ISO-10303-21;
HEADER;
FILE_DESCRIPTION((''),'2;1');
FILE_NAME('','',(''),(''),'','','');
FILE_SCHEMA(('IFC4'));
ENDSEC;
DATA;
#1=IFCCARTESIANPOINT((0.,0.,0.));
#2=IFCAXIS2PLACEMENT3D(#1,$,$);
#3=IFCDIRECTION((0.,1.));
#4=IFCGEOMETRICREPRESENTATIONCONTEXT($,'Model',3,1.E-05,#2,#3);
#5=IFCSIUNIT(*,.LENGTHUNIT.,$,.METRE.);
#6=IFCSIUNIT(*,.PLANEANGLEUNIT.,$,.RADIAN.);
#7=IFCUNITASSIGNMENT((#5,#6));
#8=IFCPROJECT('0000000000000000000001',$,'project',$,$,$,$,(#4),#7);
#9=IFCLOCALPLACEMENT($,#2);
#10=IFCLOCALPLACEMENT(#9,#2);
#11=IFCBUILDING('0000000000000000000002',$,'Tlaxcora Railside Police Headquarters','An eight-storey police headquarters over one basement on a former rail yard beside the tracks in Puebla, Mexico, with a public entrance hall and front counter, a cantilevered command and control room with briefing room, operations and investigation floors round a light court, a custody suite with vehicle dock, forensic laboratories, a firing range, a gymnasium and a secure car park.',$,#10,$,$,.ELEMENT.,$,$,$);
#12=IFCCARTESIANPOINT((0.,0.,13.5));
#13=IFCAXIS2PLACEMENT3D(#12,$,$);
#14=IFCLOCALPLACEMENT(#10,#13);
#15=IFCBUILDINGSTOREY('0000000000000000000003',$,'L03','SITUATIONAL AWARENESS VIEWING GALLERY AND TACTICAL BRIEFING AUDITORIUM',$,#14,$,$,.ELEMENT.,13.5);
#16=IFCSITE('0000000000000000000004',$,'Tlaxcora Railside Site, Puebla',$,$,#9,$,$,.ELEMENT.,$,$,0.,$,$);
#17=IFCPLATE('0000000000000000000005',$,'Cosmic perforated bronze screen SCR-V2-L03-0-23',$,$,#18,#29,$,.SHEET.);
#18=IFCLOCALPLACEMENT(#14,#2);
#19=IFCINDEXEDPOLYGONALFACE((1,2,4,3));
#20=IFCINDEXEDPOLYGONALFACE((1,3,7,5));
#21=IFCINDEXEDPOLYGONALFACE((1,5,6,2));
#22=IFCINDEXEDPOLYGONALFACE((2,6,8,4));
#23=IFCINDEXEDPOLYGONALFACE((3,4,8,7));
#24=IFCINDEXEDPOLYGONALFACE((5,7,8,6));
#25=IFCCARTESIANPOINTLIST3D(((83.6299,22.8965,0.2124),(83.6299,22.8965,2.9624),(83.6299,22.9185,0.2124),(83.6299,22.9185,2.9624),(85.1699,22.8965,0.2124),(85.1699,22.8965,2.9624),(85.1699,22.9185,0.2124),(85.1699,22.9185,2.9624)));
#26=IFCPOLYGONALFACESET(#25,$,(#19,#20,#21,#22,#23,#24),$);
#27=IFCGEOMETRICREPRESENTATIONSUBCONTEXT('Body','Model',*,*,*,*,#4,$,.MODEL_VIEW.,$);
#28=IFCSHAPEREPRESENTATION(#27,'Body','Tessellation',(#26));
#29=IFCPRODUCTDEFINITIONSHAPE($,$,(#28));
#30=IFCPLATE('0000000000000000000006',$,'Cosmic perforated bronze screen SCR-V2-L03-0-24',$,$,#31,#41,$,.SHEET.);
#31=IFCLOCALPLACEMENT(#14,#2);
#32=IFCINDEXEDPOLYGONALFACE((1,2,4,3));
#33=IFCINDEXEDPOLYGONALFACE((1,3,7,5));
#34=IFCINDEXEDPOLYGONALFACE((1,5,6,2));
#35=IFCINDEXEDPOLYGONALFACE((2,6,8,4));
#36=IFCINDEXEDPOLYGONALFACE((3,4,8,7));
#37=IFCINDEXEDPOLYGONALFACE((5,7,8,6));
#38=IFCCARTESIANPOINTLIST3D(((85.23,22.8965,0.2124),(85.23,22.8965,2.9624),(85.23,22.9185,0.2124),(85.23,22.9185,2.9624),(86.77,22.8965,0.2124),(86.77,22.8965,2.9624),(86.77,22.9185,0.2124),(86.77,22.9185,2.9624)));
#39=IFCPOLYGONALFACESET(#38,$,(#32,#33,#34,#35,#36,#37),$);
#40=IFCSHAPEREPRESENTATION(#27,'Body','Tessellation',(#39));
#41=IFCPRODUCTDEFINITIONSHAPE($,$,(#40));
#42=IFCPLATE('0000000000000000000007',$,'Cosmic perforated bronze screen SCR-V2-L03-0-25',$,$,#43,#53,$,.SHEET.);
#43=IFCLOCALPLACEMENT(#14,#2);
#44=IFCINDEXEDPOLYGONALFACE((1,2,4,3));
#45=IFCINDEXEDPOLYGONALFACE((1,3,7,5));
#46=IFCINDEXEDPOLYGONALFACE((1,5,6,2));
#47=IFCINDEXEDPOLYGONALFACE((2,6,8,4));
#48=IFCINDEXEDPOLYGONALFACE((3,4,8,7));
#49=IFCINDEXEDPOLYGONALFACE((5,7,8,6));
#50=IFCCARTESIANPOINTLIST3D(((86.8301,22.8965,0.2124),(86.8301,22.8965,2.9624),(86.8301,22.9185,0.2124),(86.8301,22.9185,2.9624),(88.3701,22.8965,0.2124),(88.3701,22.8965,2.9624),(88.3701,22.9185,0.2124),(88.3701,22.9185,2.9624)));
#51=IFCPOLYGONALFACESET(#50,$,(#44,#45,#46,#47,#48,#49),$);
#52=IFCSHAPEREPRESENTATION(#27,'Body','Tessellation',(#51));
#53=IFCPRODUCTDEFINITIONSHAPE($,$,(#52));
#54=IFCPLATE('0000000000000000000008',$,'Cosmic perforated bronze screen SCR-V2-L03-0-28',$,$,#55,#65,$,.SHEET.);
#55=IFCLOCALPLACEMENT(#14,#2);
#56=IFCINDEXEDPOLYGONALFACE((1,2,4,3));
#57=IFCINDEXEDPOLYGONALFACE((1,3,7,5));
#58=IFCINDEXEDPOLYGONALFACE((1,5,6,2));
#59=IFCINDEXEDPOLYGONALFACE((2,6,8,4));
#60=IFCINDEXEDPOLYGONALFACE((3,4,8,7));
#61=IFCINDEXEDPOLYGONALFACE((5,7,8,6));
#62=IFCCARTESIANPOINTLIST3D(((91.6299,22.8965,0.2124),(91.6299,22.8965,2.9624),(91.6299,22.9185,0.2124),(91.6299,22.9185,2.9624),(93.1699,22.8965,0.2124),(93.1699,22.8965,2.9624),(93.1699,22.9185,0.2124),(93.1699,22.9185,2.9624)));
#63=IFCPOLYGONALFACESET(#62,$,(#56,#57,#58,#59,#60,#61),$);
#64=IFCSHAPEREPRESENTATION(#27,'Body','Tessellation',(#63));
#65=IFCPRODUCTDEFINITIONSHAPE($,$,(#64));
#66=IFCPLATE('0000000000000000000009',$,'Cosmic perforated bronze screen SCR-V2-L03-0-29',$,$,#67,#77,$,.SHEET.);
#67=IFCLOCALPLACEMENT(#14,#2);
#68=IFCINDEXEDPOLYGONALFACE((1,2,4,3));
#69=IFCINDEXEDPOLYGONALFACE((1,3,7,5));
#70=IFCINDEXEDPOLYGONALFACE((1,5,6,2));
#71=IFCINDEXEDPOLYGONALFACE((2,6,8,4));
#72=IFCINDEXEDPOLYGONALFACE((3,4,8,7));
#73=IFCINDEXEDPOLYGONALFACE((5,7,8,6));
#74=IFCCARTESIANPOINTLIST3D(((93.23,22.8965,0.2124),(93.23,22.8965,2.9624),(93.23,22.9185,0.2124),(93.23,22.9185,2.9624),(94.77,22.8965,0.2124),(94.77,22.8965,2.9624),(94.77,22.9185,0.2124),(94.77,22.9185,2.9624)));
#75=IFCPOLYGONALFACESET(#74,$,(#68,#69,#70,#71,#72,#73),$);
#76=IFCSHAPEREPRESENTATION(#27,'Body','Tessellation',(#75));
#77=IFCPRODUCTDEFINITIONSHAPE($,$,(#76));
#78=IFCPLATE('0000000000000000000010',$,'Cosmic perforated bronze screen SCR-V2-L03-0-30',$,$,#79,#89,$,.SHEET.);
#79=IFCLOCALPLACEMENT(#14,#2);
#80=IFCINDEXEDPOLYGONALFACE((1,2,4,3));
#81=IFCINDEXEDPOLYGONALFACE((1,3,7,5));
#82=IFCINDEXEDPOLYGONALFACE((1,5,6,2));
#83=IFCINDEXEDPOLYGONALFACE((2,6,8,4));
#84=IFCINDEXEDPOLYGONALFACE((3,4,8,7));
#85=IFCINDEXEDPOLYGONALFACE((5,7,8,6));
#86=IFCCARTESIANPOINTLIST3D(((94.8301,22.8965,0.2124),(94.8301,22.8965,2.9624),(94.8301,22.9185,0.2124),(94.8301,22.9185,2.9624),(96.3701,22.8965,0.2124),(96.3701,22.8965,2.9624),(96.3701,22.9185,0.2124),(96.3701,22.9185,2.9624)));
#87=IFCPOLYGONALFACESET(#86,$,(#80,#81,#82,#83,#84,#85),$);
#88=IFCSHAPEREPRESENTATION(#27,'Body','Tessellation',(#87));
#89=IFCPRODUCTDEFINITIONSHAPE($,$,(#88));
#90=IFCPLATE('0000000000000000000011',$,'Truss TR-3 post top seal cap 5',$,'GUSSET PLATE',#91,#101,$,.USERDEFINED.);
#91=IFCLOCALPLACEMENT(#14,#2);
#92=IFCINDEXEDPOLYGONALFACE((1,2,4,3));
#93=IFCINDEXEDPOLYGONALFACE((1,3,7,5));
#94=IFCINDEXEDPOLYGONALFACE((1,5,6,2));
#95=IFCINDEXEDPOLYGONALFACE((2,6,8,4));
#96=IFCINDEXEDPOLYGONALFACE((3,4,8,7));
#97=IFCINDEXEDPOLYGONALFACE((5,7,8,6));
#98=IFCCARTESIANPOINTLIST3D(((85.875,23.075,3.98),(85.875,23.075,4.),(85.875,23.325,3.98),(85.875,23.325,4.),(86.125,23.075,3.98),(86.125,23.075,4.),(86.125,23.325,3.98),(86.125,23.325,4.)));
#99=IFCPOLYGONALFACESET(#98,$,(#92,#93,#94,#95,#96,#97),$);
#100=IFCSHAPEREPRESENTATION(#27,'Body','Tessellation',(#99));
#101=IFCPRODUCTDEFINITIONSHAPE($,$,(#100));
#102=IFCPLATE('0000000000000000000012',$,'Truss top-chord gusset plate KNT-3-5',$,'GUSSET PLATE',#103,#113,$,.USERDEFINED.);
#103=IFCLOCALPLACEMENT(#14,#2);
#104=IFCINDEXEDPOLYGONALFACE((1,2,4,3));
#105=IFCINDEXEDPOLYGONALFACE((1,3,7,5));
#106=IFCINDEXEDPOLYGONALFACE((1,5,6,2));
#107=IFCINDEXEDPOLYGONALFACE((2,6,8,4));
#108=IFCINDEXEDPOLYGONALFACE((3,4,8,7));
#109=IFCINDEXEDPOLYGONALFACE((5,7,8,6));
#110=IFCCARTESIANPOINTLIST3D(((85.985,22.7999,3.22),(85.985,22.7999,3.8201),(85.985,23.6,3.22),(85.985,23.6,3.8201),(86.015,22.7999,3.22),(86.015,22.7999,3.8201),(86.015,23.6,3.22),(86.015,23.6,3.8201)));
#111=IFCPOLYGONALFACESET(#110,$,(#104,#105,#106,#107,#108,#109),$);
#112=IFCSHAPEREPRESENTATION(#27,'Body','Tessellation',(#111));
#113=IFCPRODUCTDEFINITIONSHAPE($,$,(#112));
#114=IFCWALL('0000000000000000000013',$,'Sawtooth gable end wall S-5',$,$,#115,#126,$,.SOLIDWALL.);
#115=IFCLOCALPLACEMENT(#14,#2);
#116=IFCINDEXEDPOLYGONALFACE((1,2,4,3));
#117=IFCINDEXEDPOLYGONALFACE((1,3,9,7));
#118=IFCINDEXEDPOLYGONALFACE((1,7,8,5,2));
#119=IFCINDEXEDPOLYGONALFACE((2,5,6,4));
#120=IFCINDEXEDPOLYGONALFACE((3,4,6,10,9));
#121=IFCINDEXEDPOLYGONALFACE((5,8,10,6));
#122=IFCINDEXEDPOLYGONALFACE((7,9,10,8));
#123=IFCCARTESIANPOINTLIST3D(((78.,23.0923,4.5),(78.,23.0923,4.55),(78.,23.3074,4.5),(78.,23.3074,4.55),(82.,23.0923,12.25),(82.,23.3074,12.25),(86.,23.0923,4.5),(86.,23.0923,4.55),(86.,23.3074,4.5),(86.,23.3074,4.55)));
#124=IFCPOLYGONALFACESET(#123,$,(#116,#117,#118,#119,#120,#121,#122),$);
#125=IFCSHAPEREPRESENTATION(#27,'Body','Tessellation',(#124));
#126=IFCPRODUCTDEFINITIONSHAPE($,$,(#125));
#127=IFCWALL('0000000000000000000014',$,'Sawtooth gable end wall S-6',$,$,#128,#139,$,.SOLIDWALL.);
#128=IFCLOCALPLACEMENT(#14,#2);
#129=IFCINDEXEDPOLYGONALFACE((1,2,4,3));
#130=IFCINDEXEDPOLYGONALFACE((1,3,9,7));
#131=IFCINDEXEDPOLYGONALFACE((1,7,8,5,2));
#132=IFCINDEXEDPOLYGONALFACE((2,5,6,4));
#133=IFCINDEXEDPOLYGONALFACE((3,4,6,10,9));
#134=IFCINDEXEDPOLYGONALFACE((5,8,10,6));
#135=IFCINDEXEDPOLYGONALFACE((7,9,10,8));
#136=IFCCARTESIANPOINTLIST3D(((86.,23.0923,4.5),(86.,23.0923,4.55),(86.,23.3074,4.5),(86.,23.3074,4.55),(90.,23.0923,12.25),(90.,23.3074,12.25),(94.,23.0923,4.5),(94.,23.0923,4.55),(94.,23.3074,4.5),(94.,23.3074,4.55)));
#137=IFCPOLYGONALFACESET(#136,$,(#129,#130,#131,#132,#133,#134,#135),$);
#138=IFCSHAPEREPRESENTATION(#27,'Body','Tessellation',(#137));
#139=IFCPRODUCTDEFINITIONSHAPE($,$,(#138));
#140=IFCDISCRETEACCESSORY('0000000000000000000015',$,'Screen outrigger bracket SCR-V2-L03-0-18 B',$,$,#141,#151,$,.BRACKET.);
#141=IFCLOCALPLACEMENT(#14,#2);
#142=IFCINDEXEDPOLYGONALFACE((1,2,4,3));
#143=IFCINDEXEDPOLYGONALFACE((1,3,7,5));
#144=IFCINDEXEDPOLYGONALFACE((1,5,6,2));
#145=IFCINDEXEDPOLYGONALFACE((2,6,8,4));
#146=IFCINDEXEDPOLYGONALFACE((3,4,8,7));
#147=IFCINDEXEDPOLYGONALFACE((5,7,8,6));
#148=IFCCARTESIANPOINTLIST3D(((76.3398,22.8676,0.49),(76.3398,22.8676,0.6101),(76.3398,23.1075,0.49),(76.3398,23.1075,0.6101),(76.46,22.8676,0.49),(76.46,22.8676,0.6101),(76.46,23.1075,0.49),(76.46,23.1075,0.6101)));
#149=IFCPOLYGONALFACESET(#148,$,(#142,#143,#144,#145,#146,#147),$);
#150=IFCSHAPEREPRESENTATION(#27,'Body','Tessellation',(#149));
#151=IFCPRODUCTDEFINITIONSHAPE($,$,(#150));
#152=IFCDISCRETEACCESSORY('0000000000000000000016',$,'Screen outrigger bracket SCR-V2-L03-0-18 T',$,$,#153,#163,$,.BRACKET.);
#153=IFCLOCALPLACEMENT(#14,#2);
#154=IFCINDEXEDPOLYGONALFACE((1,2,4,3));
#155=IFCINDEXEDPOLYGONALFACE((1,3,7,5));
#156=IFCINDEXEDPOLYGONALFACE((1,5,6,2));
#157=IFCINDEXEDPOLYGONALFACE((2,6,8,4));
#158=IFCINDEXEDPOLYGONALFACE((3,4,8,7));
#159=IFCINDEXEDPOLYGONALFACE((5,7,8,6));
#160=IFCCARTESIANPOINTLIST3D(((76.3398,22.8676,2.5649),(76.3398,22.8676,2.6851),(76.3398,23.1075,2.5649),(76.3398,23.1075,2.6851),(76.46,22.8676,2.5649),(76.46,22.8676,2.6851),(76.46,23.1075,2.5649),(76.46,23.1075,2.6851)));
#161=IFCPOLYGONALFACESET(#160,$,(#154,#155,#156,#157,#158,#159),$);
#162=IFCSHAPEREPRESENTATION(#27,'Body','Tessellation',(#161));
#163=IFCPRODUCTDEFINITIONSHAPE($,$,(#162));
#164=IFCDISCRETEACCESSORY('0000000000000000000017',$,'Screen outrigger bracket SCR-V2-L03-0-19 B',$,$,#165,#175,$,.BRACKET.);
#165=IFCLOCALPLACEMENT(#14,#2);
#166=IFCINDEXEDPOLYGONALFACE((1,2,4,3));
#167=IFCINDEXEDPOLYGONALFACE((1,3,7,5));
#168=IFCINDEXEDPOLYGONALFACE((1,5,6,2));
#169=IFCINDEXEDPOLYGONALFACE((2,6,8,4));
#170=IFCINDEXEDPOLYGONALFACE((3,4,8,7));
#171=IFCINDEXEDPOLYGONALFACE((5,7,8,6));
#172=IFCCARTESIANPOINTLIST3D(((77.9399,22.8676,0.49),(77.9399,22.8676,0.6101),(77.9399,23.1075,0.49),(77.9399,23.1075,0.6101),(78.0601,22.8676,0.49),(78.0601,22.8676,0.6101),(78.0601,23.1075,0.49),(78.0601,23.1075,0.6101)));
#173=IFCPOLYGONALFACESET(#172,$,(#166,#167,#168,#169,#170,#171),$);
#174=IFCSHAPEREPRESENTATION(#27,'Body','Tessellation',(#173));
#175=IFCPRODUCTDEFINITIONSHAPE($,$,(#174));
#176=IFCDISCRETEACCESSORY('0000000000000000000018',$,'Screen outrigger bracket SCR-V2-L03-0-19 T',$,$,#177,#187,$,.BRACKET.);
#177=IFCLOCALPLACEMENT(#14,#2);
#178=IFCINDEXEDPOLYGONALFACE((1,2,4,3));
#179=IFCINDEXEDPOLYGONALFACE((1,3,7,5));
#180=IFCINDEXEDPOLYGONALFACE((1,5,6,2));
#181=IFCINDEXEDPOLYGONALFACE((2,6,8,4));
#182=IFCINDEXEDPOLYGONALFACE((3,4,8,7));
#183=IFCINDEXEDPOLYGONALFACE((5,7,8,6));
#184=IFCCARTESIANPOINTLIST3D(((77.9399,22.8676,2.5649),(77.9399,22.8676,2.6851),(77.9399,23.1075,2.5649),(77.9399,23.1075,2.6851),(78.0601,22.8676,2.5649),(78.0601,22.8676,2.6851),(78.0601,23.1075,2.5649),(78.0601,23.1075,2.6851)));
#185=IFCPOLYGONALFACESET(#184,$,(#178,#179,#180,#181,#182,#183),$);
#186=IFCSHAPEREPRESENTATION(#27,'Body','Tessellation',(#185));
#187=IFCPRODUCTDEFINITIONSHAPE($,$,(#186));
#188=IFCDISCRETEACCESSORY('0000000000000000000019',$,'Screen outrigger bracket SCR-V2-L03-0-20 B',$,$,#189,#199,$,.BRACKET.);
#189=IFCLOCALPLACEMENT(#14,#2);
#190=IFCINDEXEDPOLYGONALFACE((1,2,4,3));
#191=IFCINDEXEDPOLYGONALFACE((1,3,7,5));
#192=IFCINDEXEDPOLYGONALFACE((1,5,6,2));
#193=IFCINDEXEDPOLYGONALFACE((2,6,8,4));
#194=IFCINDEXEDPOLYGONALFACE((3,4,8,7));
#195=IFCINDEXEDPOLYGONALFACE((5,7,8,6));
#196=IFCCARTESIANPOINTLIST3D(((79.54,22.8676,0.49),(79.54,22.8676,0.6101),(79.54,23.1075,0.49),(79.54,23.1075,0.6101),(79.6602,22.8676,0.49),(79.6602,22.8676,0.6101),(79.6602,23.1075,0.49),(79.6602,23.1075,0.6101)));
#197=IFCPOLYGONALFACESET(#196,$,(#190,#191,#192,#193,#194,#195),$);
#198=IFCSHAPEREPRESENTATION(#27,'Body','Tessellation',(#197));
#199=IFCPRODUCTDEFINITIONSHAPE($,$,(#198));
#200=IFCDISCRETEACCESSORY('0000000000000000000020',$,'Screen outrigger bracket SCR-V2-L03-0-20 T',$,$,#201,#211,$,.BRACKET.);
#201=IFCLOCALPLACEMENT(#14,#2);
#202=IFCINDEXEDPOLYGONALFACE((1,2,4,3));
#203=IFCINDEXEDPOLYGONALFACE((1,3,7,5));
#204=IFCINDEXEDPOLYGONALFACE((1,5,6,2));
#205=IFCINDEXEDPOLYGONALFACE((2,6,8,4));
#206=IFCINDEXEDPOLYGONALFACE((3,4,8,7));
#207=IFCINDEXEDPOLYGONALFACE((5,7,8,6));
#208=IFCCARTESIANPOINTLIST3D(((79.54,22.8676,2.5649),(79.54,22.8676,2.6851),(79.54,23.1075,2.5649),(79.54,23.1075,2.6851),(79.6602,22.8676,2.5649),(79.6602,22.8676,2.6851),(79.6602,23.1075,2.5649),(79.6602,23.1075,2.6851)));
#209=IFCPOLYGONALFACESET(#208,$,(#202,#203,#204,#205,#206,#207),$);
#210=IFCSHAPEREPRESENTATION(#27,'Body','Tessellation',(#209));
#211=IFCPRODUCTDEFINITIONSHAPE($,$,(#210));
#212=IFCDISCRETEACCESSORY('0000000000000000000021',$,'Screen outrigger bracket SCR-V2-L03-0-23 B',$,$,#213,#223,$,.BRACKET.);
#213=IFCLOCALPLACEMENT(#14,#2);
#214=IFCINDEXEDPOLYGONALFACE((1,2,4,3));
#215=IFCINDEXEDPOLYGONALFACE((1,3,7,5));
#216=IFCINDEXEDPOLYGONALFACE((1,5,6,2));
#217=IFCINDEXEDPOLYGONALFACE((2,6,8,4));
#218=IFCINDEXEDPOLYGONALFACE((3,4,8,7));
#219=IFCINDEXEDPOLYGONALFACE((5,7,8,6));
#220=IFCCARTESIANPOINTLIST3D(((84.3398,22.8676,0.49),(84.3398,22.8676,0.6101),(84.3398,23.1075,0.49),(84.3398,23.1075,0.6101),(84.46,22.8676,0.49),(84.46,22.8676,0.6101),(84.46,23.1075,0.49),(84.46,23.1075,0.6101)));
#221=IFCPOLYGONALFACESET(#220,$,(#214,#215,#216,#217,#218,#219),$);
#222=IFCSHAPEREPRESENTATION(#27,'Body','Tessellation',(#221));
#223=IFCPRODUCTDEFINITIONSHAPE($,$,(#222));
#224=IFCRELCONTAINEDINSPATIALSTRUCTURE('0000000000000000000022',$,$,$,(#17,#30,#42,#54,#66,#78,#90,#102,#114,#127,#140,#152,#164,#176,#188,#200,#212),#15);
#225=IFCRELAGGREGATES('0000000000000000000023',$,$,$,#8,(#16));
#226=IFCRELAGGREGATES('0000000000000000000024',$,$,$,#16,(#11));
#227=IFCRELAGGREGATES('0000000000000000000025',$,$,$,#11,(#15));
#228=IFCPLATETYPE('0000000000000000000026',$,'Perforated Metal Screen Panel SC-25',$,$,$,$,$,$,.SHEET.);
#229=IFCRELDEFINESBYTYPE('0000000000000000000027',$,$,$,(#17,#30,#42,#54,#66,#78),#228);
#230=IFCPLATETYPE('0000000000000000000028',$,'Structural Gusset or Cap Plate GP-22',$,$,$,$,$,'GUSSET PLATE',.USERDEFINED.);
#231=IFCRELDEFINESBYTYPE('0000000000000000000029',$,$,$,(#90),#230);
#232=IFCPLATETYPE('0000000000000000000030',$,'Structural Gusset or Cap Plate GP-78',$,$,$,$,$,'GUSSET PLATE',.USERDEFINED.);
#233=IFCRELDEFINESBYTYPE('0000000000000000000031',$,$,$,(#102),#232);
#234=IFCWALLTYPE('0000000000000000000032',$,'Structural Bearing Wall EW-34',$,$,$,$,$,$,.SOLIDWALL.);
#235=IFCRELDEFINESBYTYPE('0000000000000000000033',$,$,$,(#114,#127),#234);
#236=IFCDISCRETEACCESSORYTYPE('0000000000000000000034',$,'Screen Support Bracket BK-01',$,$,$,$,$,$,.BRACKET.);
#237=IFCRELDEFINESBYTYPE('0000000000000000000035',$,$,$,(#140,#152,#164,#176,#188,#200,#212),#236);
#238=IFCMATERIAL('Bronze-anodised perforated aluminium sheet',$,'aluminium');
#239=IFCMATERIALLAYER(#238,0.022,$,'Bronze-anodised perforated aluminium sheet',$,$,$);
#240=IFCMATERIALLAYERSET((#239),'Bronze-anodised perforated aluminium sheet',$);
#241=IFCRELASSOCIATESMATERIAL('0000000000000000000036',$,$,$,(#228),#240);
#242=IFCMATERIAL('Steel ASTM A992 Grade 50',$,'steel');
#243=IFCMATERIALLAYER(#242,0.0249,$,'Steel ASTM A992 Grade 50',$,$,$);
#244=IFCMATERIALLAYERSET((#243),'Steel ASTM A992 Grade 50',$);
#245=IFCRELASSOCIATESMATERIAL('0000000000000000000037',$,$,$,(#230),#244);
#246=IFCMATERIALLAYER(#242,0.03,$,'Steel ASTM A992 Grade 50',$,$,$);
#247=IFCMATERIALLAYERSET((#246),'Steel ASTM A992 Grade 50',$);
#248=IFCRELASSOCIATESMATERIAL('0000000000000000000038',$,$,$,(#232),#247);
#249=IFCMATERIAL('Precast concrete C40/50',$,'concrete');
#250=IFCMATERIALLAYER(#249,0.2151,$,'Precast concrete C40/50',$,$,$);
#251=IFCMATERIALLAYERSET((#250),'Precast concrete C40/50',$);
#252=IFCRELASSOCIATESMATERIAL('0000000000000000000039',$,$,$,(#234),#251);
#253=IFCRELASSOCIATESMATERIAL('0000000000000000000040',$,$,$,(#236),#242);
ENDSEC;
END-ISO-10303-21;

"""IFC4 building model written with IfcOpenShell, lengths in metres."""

from ifc_helpers import new_model, si_unit, direction, frame, origin, origin_2d, place, context, subcontext, project, spatial, polyline, rectangle, outline, extrude, material, layer, layer_set, type_object, element, save


model = new_model("IFC4")

# Units and contexts
model_context = context("Model", 3, precision=1e-05, world=origin(), true_north=direction((0.0, 1.0)))
body_context = subcontext(model_context, "Body", "Model", "MODEL_VIEW")
ifc_project = project(units=[si_unit("LENGTHUNIT", "METRE"), si_unit("PLANEANGLEUNIT", "RADIAN")], contexts=[model_context])

# Site, building, storey
site_placement = place(None, origin())
site = spatial("IfcSite", under=ifc_project, at=site_placement, Name="Tlaxcora Railside Site, Puebla", CompositionType="ELEMENT", RefElevation=0.0)
building_placement = place(site_placement, origin())
building = spatial("IfcBuilding", under=site, at=building_placement, Name="Tlaxcora Railside Police Headquarters", Description="An eight-storey police headquarters over one basement on a former rail yard beside the tracks in Puebla, Mexico, with a public entrance hall and front counter, a cantilevered command and control room with briefing room, operations and investigation floors round a light court, a custody suite with vehicle dock, forensic laboratories, a firing range, a gymnasium and a secure car park.", CompositionType="ELEMENT")
storey_placement = place(building_placement, frame((0.0, 0.0, 13.5)))
storey = spatial("IfcBuildingStorey", under=building, at=storey_placement, Name="L03", Description="SITUATIONAL AWARENESS VIEWING GALLERY AND TACTICAL BRIEFING AUDITORIUM", CompositionType="ELEMENT", Elevation=13.5)

# Shared definitions
ifc_material_1 = material(Name="Steel ASTM A992 Grade 50", Category="steel")

# Plates
ifc_material_2 = material(Name="Bronze-anodised perforated aluminium sheet", Category="aluminium")
ifc_layer_1 = layer(ifc_material_2, 0.022, Name="Bronze-anodised perforated aluminium sheet")
ifc_layer_set_1 = layer_set([ifc_layer_1], Name="Bronze-anodised perforated aluminium sheet")
plate_type_1 = type_object("IfcPlateType", Name="Perforated Metal Screen Panel SC-25", PredefinedType="SHEET", material=ifc_layer_set_1)
for number, where, z_axis, x_axis, name in (
    (1, (84.3999, 22.9075, 0.2124), (0.0, 0.0, 1.0), (1.0, 0.0, 0.0), "Cosmic perforated bronze screen SCR-V2-L03-0-23"),
    (2, (86.0, 22.9075, 0.2124), (0.0, 0.0, 1.0), (1.0, 0.0, 0.0), "Cosmic perforated bronze screen SCR-V2-L03-0-24"),
    (3, (87.6001, 22.9075, 0.2124), (0.0, 0.0, 1.0), (1.0, 0.0, 0.0), "Cosmic perforated bronze screen SCR-V2-L03-0-25"),
    (4, (92.3999, 22.9075, 0.2124), (0.0, 0.0, 1.0), (1.0, 0.0, 0.0), "Cosmic perforated bronze screen SCR-V2-L03-0-28"),
    (5, (94.0, 22.9075, 0.2124), (0.0, 0.0, 1.0), (1.0, 0.0, 0.0), "Cosmic perforated bronze screen SCR-V2-L03-0-29"),
    (6, (95.6001, 22.9075, 0.2124), (0.0, 0.0, 1.0), (1.0, 0.0, 0.0), "Cosmic perforated bronze screen SCR-V2-L03-0-30"),
):
    element("IfcPlate", number, at=place(storey_placement, frame(where, z_axis=z_axis, x_axis=x_axis)), inside=storey, type_object=plate_type_1, Name=name, PredefinedType="SHEET", context=body_context, shape_type="SweptSolid", body=[
        extrude(rectangle(XDim=1.54, YDim=0.022, at=origin_2d()), origin(), (0.0, 0.0, 1.0), 2.75),
    ])
ifc_layer_2 = layer(ifc_material_1, 0.0249, Name="Steel ASTM A992 Grade 50")
ifc_layer_set_2 = layer_set([ifc_layer_2], Name="Steel ASTM A992 Grade 50")
plate_type_2 = type_object("IfcPlateType", Name="Structural Gusset or Cap Plate GP-22", ElementType="GUSSET PLATE", PredefinedType="USERDEFINED", material=ifc_layer_set_2)
plate_1_placement = place(storey_placement, frame((86.0, 23.2, 3.98), z_axis=(0.0, 0.0, 1.0), x_axis=(1.0, 0.0, 0.0)))
element("IfcPlate", 7, at=plate_1_placement, inside=storey, type_object=plate_type_2, Name="Truss TR-3 post top seal cap 5", ObjectType="GUSSET PLATE", PredefinedType="USERDEFINED", context=body_context, shape_type="SweptSolid", body=[
    extrude(rectangle(XDim=0.25, YDim=0.25, at=origin_2d()), origin(), (0.0, 0.0, 1.0), 0.02),
])
ifc_layer_3 = layer(ifc_material_1, 0.03, Name="Steel ASTM A992 Grade 50")
ifc_layer_set_3 = layer_set([ifc_layer_3], Name="Steel ASTM A992 Grade 50")
plate_type_3 = type_object("IfcPlateType", Name="Structural Gusset or Cap Plate GP-78", ElementType="GUSSET PLATE", PredefinedType="USERDEFINED", material=ifc_layer_set_3)
plate_2_placement = place(storey_placement, frame((86.0, 23.2, 3.22), z_axis=(0.0, 0.0, 1.0), x_axis=(0.0, 1.0, 0.0)))
element("IfcPlate", 8, at=plate_2_placement, inside=storey, type_object=plate_type_3, Name="Truss top-chord gusset plate KNT-3-5", ObjectType="GUSSET PLATE", PredefinedType="USERDEFINED", context=body_context, shape_type="SweptSolid", body=[
    extrude(rectangle(XDim=0.8, YDim=0.03, at=origin_2d()), origin(), (0.0, 0.0, 1.0), 0.6001),
])

# Walls
ifc_material_3 = material(Name="Precast concrete C40/50", Category="concrete")
ifc_layer_4 = layer(ifc_material_3, 0.2151, Name="Precast concrete C40/50")
ifc_layer_set_4 = layer_set([ifc_layer_4], Name="Precast concrete C40/50")
wall_type = type_object("IfcWallType", Name="Structural Bearing Wall EW-34", PredefinedType="SOLIDWALL", material=ifc_layer_set_4)
for number, where, z_axis, x_axis, name in (
    (9, (78.0, 23.2, 4.5), (0.0, 0.0, 1.0), (1.0, 0.0, 0.0), "Sawtooth gable end wall S-5"),
    (10, (86.0, 23.2, 4.5), (0.0, 0.0, 1.0), (1.0, 0.0, 0.0), "Sawtooth gable end wall S-6"),
):
    element("IfcWall", number, at=place(storey_placement, frame(where, z_axis=z_axis, x_axis=x_axis)), inside=storey, type_object=wall_type, Name=name, PredefinedType="SOLIDWALL", context=body_context, shape_type="SweptSolid", body=[
        extrude(outline(polyline([(0.0, 0.0), (8.0, 0.0), (8.0, 0.05), (4.0, 7.75), (0.0, 0.05), (0.0, 0.0)])), frame((0.0, 0.1074, 0.0), z_axis=(0.0, -1.0, 0.0), x_axis=(1.0, 0.0, 0.0)), (0.0, 0.0, 1.0), 0.2151),
    ])

# Discrete accessories
discrete_accessory_type = type_object("IfcDiscreteAccessoryType", Name="Screen Support Bracket BK-01", PredefinedType="BRACKET", material=ifc_material_1)
for number, where, z_axis, x_axis, name in (
    (11, (76.3999, 22.9875, 0.49), (0.0, 0.0, 1.0), (1.0, 0.0, 0.0), "Screen outrigger bracket SCR-V2-L03-0-18 B"),
    (12, (76.3999, 22.9875, 2.5649), (0.0, 0.0, 1.0), (1.0, 0.0, 0.0), "Screen outrigger bracket SCR-V2-L03-0-18 T"),
    (13, (78.0, 22.9875, 0.49), (0.0, 0.0, 1.0), (1.0, 0.0, 0.0), "Screen outrigger bracket SCR-V2-L03-0-19 B"),
    (14, (78.0, 22.9875, 2.5649), (0.0, 0.0, 1.0), (1.0, 0.0, 0.0), "Screen outrigger bracket SCR-V2-L03-0-19 T"),
    (15, (79.6001, 22.9875, 0.49), (0.0, 0.0, 1.0), (1.0, 0.0, 0.0), "Screen outrigger bracket SCR-V2-L03-0-20 B"),
    (16, (79.6001, 22.9875, 2.5649), (0.0, 0.0, 1.0), (1.0, 0.0, 0.0), "Screen outrigger bracket SCR-V2-L03-0-20 T"),
    (17, (84.3999, 22.9875, 0.49), (0.0, 0.0, 1.0), (1.0, 0.0, 0.0), "Screen outrigger bracket SCR-V2-L03-0-23 B"),
):
    element("IfcDiscreteAccessory", number, at=place(storey_placement, frame(where, z_axis=z_axis, x_axis=x_axis)), inside=storey, type_object=discrete_accessory_type, Name=name, PredefinedType="BRACKET", context=body_context, shape_type="SweptSolid", body=[
        extrude(rectangle(XDim=0.1201, YDim=0.24, at=origin_2d()), origin(), (0.0, 0.0, 1.0), 0.1201),
    ])

save(model, "model.ifc")
